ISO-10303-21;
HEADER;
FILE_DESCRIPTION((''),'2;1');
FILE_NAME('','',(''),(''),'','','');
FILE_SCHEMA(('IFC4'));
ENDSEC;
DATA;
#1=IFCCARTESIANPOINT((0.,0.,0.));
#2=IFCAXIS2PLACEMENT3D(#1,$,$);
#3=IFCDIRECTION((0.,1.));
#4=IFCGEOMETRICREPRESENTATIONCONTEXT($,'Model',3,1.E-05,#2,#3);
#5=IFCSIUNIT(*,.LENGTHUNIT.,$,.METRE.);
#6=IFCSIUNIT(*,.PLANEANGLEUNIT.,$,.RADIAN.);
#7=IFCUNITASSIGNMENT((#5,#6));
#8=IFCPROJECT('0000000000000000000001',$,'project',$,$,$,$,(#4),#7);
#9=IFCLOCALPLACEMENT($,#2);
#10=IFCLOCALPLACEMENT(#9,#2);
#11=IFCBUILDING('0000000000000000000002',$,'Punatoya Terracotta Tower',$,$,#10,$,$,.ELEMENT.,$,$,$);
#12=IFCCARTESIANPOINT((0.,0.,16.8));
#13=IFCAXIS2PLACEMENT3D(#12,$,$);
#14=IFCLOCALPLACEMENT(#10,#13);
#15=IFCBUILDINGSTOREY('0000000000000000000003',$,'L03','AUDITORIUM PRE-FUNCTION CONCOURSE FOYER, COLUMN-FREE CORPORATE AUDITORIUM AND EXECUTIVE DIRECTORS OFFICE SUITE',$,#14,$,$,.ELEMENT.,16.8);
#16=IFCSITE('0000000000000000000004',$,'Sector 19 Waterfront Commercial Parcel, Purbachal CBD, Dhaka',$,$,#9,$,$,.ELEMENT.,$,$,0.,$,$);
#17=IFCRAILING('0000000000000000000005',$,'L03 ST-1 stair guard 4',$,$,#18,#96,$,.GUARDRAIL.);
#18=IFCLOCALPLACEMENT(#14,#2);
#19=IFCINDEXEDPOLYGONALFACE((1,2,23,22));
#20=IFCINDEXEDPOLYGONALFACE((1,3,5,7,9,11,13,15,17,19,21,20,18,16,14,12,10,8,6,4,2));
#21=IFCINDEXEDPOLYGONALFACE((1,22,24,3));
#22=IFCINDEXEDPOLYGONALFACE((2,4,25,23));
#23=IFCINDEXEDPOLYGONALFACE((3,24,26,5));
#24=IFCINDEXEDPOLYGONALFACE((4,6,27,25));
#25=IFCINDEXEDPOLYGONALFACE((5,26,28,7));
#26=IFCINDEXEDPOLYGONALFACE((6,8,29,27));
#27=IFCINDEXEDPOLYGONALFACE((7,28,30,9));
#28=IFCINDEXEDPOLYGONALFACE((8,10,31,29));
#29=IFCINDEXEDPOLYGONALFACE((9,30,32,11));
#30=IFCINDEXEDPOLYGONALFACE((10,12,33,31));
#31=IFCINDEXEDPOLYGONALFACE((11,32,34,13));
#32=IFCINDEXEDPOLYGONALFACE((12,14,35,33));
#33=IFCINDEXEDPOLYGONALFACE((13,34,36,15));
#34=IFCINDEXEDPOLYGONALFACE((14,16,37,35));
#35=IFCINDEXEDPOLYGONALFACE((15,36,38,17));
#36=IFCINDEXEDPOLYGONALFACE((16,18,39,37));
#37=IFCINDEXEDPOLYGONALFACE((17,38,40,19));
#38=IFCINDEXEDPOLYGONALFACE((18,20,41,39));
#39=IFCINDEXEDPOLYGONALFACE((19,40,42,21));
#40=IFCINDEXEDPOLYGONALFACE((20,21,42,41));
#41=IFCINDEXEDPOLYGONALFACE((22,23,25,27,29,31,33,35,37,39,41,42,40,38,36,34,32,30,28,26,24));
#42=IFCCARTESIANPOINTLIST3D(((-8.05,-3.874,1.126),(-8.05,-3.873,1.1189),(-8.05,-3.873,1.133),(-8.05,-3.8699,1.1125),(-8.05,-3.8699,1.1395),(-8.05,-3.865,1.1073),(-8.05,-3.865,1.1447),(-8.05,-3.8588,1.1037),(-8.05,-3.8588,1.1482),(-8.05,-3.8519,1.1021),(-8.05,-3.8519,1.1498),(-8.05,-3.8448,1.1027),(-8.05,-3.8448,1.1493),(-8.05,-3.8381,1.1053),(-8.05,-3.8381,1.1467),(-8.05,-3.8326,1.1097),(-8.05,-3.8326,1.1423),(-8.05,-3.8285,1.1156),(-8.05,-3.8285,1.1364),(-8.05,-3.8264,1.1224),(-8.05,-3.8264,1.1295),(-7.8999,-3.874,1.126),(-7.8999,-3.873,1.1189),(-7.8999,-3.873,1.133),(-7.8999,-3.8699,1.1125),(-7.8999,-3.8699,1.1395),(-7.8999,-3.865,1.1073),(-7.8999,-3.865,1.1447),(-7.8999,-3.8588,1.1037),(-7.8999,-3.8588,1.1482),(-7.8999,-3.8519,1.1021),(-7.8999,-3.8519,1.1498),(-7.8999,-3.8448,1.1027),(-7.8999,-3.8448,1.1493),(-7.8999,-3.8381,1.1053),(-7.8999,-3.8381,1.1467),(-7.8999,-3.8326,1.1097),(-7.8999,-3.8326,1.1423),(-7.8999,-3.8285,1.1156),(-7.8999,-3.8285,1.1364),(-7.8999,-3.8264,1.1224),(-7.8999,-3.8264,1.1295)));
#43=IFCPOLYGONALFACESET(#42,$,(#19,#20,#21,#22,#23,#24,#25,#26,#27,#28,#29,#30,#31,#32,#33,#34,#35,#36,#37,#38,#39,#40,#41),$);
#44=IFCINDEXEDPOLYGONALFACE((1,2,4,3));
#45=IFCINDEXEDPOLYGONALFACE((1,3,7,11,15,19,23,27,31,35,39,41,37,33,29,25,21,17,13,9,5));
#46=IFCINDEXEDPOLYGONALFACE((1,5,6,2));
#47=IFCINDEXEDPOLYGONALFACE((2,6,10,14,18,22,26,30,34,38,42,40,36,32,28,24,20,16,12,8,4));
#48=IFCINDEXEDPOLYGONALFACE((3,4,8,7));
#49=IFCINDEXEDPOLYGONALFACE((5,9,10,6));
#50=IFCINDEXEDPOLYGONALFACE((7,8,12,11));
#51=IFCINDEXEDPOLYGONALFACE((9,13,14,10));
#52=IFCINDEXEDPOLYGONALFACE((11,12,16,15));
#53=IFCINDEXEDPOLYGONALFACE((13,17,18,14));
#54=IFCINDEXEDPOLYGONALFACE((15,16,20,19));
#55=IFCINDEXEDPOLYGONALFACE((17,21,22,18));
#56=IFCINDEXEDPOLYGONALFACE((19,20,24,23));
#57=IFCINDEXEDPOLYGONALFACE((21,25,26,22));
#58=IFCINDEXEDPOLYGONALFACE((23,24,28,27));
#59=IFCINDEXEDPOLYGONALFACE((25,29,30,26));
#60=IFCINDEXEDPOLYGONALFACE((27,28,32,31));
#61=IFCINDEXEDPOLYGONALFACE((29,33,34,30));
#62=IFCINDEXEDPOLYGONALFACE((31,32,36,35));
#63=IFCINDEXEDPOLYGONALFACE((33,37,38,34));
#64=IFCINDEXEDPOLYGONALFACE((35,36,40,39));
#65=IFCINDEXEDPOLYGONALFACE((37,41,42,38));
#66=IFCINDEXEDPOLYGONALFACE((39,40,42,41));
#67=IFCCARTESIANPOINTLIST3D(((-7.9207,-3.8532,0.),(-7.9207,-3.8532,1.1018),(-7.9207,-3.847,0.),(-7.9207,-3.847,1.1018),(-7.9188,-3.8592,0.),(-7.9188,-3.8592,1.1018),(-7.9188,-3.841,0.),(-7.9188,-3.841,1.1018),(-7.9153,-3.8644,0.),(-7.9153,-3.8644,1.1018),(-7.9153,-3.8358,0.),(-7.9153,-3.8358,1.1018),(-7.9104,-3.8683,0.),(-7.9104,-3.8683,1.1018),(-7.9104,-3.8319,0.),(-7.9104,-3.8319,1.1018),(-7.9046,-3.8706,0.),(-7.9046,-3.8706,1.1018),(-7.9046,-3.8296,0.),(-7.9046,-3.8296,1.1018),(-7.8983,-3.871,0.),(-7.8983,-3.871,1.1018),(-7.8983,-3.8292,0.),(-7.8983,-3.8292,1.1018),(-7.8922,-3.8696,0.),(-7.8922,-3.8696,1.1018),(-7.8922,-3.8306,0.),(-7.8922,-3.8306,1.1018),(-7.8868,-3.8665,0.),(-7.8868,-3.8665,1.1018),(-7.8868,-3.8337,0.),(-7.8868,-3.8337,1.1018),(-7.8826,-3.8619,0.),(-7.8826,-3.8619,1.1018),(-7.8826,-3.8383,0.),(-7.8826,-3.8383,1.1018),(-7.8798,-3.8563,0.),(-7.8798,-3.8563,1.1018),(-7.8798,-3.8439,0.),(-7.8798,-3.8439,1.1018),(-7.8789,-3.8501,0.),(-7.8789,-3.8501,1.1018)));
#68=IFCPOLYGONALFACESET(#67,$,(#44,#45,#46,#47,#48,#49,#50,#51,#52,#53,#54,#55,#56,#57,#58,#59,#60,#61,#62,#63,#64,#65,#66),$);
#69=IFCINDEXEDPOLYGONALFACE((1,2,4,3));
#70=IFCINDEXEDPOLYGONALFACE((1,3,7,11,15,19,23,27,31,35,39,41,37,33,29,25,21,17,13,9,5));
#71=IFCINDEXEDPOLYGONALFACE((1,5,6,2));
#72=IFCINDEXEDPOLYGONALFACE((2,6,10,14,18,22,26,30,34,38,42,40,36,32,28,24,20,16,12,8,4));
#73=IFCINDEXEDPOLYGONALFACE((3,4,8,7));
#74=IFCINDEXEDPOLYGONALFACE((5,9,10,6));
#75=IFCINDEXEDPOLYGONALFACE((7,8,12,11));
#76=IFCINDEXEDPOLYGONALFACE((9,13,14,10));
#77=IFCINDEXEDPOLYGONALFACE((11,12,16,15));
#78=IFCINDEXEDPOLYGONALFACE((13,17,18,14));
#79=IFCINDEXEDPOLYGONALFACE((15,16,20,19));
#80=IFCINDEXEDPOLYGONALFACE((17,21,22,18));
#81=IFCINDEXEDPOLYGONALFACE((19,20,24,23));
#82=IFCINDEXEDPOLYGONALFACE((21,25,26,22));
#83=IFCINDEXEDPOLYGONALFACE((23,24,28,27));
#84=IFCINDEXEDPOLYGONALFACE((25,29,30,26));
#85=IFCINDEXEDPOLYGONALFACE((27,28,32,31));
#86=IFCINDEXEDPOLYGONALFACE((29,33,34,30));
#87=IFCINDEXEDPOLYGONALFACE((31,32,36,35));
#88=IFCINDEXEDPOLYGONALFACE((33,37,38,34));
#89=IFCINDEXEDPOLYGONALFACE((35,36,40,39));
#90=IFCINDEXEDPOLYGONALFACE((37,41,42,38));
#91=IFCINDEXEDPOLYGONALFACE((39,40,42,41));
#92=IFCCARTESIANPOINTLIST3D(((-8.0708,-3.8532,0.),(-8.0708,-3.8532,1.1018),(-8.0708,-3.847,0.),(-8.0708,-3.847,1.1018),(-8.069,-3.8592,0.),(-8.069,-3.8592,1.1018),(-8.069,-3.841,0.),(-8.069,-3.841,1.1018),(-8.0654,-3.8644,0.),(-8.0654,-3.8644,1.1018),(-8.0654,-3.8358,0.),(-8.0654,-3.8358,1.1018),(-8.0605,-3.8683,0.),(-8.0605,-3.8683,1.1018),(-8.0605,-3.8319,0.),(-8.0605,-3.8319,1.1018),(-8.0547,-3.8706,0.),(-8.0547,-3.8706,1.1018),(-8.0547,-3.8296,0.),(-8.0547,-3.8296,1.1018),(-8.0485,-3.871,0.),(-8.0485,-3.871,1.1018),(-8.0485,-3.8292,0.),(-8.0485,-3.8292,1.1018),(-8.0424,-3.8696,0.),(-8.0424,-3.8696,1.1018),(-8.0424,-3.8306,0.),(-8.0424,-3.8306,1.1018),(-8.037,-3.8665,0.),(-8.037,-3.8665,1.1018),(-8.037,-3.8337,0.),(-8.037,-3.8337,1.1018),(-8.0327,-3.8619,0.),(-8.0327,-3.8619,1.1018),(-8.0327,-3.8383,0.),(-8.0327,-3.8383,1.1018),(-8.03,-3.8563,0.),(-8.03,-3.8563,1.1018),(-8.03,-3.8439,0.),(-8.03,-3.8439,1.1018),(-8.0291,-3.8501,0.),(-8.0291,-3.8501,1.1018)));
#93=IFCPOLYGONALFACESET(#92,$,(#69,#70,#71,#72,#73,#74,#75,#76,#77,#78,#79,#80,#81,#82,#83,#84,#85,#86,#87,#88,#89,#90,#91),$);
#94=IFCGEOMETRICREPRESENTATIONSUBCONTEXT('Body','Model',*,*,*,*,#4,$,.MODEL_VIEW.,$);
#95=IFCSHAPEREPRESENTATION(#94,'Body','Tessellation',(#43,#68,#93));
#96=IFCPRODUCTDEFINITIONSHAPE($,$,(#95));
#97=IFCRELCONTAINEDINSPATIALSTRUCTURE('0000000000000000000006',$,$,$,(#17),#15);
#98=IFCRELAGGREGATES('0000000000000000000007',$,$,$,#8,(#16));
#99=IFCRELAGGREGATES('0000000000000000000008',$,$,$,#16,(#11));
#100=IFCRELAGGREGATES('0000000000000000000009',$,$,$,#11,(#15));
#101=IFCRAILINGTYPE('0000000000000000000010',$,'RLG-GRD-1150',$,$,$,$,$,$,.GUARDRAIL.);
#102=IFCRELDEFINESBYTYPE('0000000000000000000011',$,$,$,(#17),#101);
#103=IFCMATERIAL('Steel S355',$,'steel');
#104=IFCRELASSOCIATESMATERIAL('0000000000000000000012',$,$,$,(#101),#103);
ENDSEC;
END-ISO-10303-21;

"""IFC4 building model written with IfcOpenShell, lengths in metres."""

from ifc_helpers import new_model, si_unit, direction, frame, origin, origin_2d, place, context, subcontext, project, spatial, circle, extrude, material, type_object, element, save


model = new_model("IFC4")

# Units and contexts
model_context = context("Model", 3, precision=1e-05, world=origin(), true_north=direction((0.0, 1.0)))
body_context = subcontext(model_context, "Body", "Model", "MODEL_VIEW")
ifc_project = project(units=[si_unit("LENGTHUNIT", "METRE"), si_unit("PLANEANGLEUNIT", "RADIAN")], contexts=[model_context])

# Site, building, storey
site_placement = place(None, origin())
site = spatial("IfcSite", under=ifc_project, at=site_placement, Name="Sector 19 Waterfront Commercial Parcel, Purbachal CBD, Dhaka", CompositionType="ELEMENT", RefElevation=0.0)
building_placement = place(site_placement, origin())
building = spatial("IfcBuilding", under=site, at=building_placement, Name="Punatoya Terracotta Tower", CompositionType="ELEMENT")
storey_placement = place(building_placement, frame((0.0, 0.0, 16.8)))
storey = spatial("IfcBuildingStorey", under=building, at=storey_placement, Name="L03", Description="AUDITORIUM PRE-FUNCTION CONCOURSE FOYER, COLUMN-FREE CORPORATE AUDITORIUM AND EXECUTIVE DIRECTORS OFFICE SUITE", CompositionType="ELEMENT", Elevation=16.8)

# Railing
ifc_material_1 = material(Name="Steel S355", Category="steel")
railing_type_1 = type_object("IfcRailingType", Name="RLG-GRD-1150", PredefinedType="GUARDRAIL", material=ifc_material_1)
railing_1_placement = place(storey_placement, frame((-7.8999, -3.8501, 0.0)))
element("IfcRailing", 1, at=railing_1_placement, inside=storey, type_object=railing_type_1, Name="L03 ST-1 stair guard 4", PredefinedType="GUARDRAIL", context=body_context, shape_type="SweptSolid", body=[
    extrude(circle(Radius=0.0239, at=origin_2d()), frame((0.0, 0.0, 1.126), z_axis=(-1.0, 0.0, 0.0), x_axis=(0.0, -1.0, 0.0)), (0.0, 0.0, 1.0), 0.1501),
    extrude(circle(Radius=0.021, at=origin_2d()), origin(), (0.0, 0.0, 1.0), 1.1018),
    extrude(circle(Radius=0.021, at=origin_2d()), frame((-0.1501, 0.0, 0.0)), (0.0, 0.0, 1.0), 1.1018),
])

save(model, "model.ifc")
